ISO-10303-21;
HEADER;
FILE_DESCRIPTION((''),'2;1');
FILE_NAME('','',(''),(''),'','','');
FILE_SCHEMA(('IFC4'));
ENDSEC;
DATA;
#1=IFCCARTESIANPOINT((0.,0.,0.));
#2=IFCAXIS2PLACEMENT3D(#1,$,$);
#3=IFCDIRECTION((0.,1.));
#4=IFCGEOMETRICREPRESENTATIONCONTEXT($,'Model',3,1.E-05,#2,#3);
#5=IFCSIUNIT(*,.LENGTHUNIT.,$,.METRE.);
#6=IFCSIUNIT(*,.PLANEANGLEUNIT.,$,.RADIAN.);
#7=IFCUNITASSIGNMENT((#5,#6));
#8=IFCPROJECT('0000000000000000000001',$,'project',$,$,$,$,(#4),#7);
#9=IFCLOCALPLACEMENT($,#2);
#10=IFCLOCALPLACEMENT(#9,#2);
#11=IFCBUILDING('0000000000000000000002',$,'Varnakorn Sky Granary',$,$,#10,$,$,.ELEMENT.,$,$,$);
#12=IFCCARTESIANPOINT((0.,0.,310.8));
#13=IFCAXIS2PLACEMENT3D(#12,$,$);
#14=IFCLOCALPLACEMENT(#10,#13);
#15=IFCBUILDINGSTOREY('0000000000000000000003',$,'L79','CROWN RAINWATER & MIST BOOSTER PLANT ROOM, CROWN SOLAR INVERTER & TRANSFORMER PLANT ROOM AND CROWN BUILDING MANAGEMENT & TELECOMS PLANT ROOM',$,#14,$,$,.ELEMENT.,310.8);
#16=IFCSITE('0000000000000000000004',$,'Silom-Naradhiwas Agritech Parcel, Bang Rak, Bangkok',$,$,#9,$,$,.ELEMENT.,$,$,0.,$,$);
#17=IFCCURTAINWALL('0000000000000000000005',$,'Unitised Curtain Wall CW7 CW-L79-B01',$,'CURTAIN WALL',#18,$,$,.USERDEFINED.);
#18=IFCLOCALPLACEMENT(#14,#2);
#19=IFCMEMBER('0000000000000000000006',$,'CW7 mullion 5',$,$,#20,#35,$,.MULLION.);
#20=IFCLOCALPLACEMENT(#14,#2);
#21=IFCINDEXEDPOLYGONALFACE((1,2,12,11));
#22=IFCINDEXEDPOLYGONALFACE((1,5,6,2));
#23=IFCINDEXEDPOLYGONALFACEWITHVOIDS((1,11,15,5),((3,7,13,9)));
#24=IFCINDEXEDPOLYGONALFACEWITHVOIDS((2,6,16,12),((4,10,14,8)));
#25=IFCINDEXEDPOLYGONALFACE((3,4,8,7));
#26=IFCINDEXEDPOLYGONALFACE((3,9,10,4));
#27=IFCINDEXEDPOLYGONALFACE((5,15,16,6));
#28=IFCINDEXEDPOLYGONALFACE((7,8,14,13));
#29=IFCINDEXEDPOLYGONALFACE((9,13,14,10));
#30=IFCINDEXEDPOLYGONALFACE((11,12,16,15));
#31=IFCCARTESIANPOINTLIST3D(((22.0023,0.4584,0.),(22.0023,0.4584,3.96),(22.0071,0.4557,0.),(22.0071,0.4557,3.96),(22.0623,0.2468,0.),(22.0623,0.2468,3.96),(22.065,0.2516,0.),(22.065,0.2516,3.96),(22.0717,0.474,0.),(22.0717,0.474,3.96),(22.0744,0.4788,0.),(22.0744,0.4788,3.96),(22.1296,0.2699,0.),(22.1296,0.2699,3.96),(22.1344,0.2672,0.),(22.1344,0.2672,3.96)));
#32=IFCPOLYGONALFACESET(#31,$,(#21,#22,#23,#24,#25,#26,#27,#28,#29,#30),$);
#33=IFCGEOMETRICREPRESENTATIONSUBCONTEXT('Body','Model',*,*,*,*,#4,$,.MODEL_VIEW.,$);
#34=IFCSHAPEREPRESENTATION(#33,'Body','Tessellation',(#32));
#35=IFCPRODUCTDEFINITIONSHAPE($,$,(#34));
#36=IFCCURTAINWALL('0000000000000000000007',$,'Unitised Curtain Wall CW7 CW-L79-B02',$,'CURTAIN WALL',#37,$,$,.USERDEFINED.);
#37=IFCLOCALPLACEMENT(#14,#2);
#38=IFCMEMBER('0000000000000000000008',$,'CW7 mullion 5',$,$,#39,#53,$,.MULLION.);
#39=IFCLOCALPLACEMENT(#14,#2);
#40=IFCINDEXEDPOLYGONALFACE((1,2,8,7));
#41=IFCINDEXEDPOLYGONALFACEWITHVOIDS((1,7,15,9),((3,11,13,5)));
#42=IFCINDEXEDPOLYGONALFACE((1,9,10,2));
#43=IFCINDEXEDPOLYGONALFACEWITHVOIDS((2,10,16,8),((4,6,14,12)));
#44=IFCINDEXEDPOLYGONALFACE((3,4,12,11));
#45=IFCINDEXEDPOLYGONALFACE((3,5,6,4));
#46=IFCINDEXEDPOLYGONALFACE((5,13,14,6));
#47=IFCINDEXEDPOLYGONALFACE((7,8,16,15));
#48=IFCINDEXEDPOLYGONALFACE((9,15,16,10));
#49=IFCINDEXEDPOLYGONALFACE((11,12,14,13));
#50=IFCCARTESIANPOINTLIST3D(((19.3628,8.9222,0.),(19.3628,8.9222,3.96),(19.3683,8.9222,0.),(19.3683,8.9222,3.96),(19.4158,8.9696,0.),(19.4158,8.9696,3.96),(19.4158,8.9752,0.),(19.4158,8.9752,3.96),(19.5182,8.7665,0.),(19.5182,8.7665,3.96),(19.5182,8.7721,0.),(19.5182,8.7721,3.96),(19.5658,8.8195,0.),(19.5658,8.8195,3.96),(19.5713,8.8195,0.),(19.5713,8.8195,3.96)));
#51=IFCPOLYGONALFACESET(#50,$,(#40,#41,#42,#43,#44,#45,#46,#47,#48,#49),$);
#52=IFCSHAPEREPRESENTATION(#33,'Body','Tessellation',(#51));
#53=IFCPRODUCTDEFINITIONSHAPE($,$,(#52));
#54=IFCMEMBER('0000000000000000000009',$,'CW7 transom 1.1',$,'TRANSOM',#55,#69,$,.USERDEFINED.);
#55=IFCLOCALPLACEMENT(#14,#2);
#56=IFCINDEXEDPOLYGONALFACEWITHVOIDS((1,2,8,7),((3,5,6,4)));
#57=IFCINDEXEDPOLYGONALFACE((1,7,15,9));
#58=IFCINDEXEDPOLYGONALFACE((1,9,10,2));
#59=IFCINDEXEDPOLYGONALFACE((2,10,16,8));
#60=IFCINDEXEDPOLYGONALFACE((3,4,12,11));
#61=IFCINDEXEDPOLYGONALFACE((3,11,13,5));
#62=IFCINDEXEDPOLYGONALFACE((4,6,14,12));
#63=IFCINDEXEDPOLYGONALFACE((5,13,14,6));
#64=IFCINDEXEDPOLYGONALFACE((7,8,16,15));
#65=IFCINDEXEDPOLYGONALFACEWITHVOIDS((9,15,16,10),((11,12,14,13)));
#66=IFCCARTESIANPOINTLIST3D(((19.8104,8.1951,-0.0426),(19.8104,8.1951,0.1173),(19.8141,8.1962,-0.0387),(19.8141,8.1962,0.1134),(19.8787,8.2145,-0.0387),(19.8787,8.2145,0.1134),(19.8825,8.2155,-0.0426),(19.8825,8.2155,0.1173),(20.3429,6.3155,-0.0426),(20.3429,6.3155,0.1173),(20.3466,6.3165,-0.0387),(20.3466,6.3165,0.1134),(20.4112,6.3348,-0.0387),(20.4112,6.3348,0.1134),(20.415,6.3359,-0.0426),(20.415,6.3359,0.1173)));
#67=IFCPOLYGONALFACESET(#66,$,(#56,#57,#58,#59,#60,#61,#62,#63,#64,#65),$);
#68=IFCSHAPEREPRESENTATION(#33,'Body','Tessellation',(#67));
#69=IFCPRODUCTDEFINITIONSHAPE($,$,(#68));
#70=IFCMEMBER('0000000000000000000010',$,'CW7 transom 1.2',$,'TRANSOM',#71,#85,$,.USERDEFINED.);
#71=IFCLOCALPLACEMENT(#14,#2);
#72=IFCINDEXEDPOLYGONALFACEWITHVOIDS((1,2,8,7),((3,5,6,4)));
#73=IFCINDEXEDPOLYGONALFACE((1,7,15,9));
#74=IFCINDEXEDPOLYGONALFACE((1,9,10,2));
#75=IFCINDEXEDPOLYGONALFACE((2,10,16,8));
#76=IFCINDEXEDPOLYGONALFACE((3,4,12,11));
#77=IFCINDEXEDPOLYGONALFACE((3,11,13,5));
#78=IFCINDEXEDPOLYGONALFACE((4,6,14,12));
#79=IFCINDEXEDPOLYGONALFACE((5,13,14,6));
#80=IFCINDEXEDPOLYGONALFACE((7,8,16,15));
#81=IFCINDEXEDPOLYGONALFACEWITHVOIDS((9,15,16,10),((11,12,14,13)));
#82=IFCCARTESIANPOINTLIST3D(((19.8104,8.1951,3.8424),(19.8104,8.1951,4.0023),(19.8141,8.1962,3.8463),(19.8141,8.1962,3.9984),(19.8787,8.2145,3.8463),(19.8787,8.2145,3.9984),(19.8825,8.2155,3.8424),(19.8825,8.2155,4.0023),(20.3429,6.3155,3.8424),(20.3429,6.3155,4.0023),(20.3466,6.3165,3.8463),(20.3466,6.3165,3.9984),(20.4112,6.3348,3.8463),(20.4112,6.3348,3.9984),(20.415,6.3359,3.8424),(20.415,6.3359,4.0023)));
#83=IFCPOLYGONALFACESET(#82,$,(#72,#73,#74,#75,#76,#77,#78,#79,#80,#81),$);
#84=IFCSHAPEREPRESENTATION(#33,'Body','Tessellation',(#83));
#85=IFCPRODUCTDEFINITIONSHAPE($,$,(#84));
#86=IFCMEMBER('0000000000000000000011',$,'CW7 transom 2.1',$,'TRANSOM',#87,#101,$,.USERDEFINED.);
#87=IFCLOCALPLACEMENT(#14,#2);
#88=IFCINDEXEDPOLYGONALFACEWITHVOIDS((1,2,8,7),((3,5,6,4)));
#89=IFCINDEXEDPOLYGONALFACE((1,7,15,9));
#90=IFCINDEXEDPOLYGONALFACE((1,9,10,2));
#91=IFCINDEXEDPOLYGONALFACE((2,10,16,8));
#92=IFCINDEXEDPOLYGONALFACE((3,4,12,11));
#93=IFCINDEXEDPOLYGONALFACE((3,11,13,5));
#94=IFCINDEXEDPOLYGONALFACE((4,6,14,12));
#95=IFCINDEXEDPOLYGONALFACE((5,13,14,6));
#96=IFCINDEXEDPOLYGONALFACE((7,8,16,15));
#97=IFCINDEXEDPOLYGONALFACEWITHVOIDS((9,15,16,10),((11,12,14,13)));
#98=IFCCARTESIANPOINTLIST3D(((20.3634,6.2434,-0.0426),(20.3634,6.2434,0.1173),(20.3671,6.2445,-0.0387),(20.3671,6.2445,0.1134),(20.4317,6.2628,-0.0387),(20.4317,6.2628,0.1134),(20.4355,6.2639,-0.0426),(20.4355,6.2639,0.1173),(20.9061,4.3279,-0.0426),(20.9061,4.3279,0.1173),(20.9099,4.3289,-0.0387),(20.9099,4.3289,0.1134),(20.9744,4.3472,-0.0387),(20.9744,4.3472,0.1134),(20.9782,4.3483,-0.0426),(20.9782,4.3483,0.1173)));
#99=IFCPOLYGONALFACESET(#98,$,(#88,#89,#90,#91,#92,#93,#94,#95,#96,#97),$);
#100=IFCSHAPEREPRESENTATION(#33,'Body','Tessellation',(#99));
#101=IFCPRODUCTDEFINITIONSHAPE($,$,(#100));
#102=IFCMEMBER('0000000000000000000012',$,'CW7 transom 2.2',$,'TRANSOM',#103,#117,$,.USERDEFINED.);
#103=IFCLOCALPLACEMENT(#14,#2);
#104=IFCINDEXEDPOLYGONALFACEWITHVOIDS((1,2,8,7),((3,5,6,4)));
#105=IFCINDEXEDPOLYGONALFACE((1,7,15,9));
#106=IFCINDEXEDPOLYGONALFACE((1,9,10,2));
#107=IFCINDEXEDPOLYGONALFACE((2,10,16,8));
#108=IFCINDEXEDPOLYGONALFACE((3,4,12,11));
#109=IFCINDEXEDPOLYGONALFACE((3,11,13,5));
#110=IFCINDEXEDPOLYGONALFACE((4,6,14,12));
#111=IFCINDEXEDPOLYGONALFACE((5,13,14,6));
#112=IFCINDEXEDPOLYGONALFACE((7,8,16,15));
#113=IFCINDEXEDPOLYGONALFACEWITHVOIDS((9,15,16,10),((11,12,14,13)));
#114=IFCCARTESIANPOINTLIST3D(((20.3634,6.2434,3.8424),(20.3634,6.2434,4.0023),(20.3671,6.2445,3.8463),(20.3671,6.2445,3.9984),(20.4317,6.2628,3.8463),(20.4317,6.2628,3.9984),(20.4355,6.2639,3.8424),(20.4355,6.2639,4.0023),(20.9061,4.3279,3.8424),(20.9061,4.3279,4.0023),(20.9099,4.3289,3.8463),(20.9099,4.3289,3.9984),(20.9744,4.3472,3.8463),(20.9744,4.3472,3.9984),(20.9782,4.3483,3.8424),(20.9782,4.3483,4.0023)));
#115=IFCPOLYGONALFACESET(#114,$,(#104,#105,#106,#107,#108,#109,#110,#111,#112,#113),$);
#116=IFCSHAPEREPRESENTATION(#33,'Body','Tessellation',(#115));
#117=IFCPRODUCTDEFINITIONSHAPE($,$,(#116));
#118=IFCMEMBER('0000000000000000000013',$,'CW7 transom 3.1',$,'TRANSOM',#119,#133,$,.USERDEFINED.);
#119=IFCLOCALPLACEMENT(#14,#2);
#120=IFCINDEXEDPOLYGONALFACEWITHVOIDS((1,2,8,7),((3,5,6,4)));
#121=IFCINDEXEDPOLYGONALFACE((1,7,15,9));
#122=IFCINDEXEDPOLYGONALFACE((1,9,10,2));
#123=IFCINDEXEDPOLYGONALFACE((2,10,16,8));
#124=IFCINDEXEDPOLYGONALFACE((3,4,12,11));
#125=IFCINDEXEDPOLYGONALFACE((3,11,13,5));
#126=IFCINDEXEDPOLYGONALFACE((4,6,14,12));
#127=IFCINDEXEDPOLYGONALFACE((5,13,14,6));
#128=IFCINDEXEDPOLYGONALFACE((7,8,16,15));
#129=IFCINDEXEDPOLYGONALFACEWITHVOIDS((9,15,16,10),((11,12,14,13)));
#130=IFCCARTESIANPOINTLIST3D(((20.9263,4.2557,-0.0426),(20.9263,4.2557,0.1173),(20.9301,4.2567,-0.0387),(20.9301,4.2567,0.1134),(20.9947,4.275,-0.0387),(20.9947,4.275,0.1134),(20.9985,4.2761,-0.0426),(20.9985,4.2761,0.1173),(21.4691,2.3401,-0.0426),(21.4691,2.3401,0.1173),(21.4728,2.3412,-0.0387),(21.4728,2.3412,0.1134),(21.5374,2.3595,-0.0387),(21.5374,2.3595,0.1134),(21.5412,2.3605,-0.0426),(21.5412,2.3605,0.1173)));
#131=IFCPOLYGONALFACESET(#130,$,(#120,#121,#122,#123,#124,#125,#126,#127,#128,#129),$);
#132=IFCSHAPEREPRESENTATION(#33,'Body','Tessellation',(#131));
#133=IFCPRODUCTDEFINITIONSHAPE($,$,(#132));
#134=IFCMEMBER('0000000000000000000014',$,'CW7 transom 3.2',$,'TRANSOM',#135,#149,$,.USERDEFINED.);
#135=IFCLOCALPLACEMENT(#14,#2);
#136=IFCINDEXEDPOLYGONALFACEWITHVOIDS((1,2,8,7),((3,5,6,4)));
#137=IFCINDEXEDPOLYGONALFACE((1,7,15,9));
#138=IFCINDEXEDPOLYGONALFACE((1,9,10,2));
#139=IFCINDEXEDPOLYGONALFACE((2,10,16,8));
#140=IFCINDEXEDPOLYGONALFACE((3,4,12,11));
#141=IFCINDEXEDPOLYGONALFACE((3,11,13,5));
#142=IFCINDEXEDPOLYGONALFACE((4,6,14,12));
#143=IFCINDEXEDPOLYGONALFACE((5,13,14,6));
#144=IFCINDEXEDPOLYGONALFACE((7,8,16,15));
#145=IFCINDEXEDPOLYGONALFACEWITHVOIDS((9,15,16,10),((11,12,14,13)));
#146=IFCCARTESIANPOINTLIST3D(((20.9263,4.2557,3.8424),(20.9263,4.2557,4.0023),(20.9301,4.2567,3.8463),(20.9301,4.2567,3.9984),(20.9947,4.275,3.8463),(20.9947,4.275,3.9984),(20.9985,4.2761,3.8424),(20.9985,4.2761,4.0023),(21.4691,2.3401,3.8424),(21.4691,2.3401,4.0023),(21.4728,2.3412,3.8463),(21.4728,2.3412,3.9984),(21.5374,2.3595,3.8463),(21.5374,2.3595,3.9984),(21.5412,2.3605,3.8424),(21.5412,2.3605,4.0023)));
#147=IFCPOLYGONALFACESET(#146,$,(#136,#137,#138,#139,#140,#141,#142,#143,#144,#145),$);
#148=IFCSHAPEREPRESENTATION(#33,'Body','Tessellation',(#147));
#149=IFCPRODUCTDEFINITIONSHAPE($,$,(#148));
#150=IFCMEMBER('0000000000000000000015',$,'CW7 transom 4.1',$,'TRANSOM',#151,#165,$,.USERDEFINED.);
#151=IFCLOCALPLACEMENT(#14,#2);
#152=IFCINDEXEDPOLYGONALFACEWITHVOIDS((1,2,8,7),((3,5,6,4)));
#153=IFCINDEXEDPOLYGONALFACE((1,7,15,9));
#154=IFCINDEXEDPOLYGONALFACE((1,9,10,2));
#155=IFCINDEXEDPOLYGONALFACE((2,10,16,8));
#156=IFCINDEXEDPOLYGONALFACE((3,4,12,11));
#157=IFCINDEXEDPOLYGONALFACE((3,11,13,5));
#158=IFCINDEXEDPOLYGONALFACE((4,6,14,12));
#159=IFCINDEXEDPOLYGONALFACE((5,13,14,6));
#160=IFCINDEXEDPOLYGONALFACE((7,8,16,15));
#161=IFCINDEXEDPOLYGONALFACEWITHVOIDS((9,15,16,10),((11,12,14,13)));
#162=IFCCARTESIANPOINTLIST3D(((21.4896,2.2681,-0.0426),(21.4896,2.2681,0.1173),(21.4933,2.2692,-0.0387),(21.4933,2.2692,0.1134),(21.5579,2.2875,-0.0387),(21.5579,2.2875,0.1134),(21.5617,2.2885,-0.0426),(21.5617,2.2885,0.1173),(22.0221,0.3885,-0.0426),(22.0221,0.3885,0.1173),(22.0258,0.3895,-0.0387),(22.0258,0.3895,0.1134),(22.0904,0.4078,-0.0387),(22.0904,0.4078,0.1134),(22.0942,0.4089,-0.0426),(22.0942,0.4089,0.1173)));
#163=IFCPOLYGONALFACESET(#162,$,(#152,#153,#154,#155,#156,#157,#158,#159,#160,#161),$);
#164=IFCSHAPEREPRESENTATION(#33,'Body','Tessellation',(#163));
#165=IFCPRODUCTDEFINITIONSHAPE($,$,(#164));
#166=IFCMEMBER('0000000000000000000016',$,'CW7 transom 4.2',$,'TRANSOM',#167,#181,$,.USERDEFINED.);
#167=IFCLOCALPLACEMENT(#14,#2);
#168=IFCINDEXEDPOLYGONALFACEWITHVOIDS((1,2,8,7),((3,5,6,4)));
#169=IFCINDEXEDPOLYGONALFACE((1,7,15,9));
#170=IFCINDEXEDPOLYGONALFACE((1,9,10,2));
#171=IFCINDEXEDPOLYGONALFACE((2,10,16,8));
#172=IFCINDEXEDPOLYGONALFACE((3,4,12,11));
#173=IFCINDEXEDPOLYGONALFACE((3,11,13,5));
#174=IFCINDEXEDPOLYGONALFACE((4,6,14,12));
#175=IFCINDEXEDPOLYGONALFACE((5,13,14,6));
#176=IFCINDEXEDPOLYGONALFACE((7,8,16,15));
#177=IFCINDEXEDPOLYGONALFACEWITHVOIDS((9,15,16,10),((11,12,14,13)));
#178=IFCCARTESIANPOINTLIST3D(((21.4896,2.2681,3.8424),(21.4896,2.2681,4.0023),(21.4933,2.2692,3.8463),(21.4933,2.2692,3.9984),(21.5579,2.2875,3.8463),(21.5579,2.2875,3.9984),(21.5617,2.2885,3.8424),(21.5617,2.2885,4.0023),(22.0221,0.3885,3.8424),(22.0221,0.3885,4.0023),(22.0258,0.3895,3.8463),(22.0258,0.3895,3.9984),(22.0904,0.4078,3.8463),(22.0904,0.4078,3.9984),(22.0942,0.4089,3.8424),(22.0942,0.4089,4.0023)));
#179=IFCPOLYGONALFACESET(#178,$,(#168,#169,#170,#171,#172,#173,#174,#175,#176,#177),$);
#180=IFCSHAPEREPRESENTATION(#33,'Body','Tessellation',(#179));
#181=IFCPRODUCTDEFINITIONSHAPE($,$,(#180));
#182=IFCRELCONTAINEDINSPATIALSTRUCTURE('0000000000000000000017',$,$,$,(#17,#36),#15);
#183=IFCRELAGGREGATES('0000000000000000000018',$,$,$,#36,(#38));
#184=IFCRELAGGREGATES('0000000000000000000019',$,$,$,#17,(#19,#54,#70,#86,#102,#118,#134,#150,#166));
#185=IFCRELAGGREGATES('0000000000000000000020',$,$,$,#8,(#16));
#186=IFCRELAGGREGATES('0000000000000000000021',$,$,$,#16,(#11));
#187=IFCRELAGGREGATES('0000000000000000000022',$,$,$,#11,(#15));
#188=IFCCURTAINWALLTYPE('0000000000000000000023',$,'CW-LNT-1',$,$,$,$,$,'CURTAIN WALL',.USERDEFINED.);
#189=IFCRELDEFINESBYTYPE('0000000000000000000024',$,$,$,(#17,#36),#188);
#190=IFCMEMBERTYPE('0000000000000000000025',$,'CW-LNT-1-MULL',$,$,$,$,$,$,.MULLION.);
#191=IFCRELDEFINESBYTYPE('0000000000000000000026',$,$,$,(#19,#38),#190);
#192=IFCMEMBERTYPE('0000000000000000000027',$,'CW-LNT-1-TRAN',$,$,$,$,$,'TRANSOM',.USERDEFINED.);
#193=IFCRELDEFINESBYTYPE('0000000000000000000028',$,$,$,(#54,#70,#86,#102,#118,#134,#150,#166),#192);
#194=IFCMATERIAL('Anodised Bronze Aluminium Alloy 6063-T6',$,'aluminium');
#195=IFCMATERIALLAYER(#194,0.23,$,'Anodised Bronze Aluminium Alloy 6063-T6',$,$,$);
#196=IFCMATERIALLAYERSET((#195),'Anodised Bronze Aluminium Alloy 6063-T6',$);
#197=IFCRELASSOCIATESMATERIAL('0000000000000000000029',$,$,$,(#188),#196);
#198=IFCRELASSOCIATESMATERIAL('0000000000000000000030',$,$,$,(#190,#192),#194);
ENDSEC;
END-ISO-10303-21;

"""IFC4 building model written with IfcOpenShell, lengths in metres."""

from ifc_helpers import new_model, si_unit, direction, frame, origin, origin_2d, place, context, subcontext, project, spatial, hollow_rectangle, extrude, material, layer, layer_set, material_profile, profile_set, type_object, element, aggregate, save


model = new_model("IFC4")

# Units and contexts
model_context = context("Model", 3, precision=1e-05, world=origin(), true_north=direction((0.0, 1.0)))
body_context = subcontext(model_context, "Body", "Model", "MODEL_VIEW")
ifc_project = project(units=[si_unit("LENGTHUNIT", "METRE"), si_unit("PLANEANGLEUNIT", "RADIAN")], contexts=[model_context])

# Site, building, storey
site_placement = place(None, origin())
site = spatial("IfcSite", under=ifc_project, at=site_placement, Name="Silom-Naradhiwas Agritech Parcel, Bang Rak, Bangkok", CompositionType="ELEMENT", RefElevation=0.0)
building_placement = place(site_placement, origin())
building = spatial("IfcBuilding", under=site, at=building_placement, Name="Varnakorn Sky Granary", CompositionType="ELEMENT")
storey_placement = place(building_placement, frame((0.0, 0.0, 310.8)))
storey = spatial("IfcBuildingStorey", under=building, at=storey_placement, Name="L79", Description="CROWN RAINWATER & MIST BOOSTER PLANT ROOM, CROWN SOLAR INVERTER & TRANSFORMER PLANT ROOM AND CROWN BUILDING MANAGEMENT & TELECOMS PLANT ROOM", CompositionType="ELEMENT", Elevation=310.8)

# Curtain wall, member
ifc_material_1 = material(Name="Anodised Bronze Aluminium Alloy 6063-T6", Category="aluminium")
ifc_layer_1 = layer(ifc_material_1, 0.23, Name="Anodised Bronze Aluminium Alloy 6063-T6")
ifc_layer_set_1 = layer_set([ifc_layer_1], Name="Anodised Bronze Aluminium Alloy 6063-T6")
curtain_wall_type = type_object("IfcCurtainWallType", Name="CW-LNT-1", ElementType="CURTAIN WALL", PredefinedType="USERDEFINED", material=ifc_layer_set_1)
curtain_wall_1_placement = place(storey_placement, origin())
curtain_wall_1 = element("IfcCurtainWall", 1, at=curtain_wall_1_placement, inside=storey, type_object=curtain_wall_type, Name="Unitised Curtain Wall CW7 CW-L79-B01", ObjectType="CURTAIN WALL", PredefinedType="USERDEFINED")
ifc_material_profile_1 = material_profile(ifc_material_1, hollow_rectangle(XDim=0.075, YDim=0.22, WallThickness=0.0039, at=origin_2d()), Name="ALU MULL 75x220")
ifc_profile_set_1 = profile_set([ifc_material_profile_1], Name="Anodised Bronze Aluminium Alloy 6063-T6")
member_type_1 = type_object("IfcMemberType", Name="CW-LNT-1-MULL", PredefinedType="MULLION", material=ifc_profile_set_1)
member_1_placement = place(storey_placement, frame((22.0684, 0.3628, 0.0), z_axis=(0.0, 0.0, 1.0), x_axis=(0.962134, 0.272577, 0.0)))
member_1 = element("IfcMember", 2, at=member_1_placement, type_object=member_type_1, Name="CW7 mullion 5", PredefinedType="MULLION", context=body_context, shape_type="SweptSolid", body=[
    extrude(hollow_rectangle(XDim=0.075, YDim=0.22, WallThickness=0.0039, at=origin_2d()), origin(), (0.0, 0.0, 1.0), 3.96),
])

# Curtain wall, member
curtain_wall_2_placement = place(storey_placement, origin())
curtain_wall_2 = element("IfcCurtainWall", 3, at=curtain_wall_2_placement, inside=storey, type_object=curtain_wall_type, Name="Unitised Curtain Wall CW7 CW-L79-B02", ObjectType="CURTAIN WALL", PredefinedType="USERDEFINED")
member_2_placement = place(storey_placement, frame((19.467, 8.8708, 0.0), z_axis=(0.0, 0.0, 1.0), x_axis=(0.707563, 0.706651, 0.0)))
member_2 = element("IfcMember", 4, at=member_2_placement, type_object=member_type_1, Name="CW7 mullion 5", PredefinedType="MULLION", context=body_context, shape_type="SweptSolid", body=[
    extrude(hollow_rectangle(XDim=0.075, YDim=0.22, WallThickness=0.0039, at=origin_2d()), origin(), (0.0, 0.0, 1.0), 3.96),
])
aggregate(curtain_wall_2, [member_2])

# Members
ifc_material_profile_2 = material_profile(ifc_material_1, hollow_rectangle(XDim=0.075, YDim=0.1599, WallThickness=0.0039, at=origin_2d()), Name="ALU TRAN 75x160")
ifc_profile_set_2 = profile_set([ifc_material_profile_2], Name="Anodised Bronze Aluminium Alloy 6063-T6")
member_type_2 = type_object("IfcMemberType", Name="CW-LNT-1-TRAN", ElementType="TRANSOM", PredefinedType="USERDEFINED", material=ifc_profile_set_2)
member_3_placement = place(storey_placement, frame((19.8464, 8.2053, 0.0374), z_axis=(0.272558, -0.962139, 0.0), x_axis=(0.962139, 0.272558, 0.0)))
member_3 = element("IfcMember", 5, at=member_3_placement, type_object=member_type_2, Name="CW7 transom 1.1", ObjectType="TRANSOM", PredefinedType="USERDEFINED", context=body_context, shape_type="SweptSolid", body=[
    extrude(hollow_rectangle(XDim=0.075, YDim=0.1599, WallThickness=0.0039, at=origin_2d()), origin(), (0.0, 0.0, 1.0), 1.9536),
])
member_4_placement = place(storey_placement, frame((19.8464, 8.2053, 3.9224), z_axis=(0.272558, -0.962139, 0.0), x_axis=(0.962139, 0.272558, 0.0)))
member_4 = element("IfcMember", 6, at=member_4_placement, type_object=member_type_2, Name="CW7 transom 1.2", ObjectType="TRANSOM", PredefinedType="USERDEFINED", context=body_context, shape_type="SweptSolid", body=[
    extrude(hollow_rectangle(XDim=0.075, YDim=0.1599, WallThickness=0.0039, at=origin_2d()), origin(), (0.0, 0.0, 1.0), 1.9536),
])
member_5_placement = place(storey_placement, frame((20.3994, 6.2537, 0.0374), z_axis=(0.272599, -0.962128, 0.0), x_axis=(0.962128, 0.272599, 0.0)))
member_5 = element("IfcMember", 7, at=member_5_placement, type_object=member_type_2, Name="CW7 transom 2.1", ObjectType="TRANSOM", PredefinedType="USERDEFINED", context=body_context, shape_type="SweptSolid", body=[
    extrude(hollow_rectangle(XDim=0.075, YDim=0.1599, WallThickness=0.0039, at=origin_2d()), origin(), (0.0, 0.0, 1.0), 1.991),
])
member_6_placement = place(storey_placement, frame((20.3994, 6.2537, 3.9224), z_axis=(0.272599, -0.962128, 0.0), x_axis=(0.962128, 0.272599, 0.0)))
member_6 = element("IfcMember", 8, at=member_6_placement, type_object=member_type_2, Name="CW7 transom 2.2", ObjectType="TRANSOM", PredefinedType="USERDEFINED", context=body_context, shape_type="SweptSolid", body=[
    extrude(hollow_rectangle(XDim=0.075, YDim=0.1599, WallThickness=0.0039, at=origin_2d()), origin(), (0.0, 0.0, 1.0), 1.991),
])
member_7_placement = place(storey_placement, frame((20.9624, 4.2659, 0.0374), z_axis=(0.272599, -0.962128, 0.0), x_axis=(0.962128, 0.272599, 0.0)))
member_7 = element("IfcMember", 9, at=member_7_placement, type_object=member_type_2, Name="CW7 transom 3.1", ObjectType="TRANSOM", PredefinedType="USERDEFINED", context=body_context, shape_type="SweptSolid", body=[
    extrude(hollow_rectangle(XDim=0.075, YDim=0.1599, WallThickness=0.0039, at=origin_2d()), origin(), (0.0, 0.0, 1.0), 1.991),
])
member_8_placement = place(storey_placement, frame((20.9624, 4.2659, 3.9224), z_axis=(0.272599, -0.962128, 0.0), x_axis=(0.962128, 0.272599, 0.0)))
member_8 = element("IfcMember", 10, at=member_8_placement, type_object=member_type_2, Name="CW7 transom 3.2", ObjectType="TRANSOM", PredefinedType="USERDEFINED", context=body_context, shape_type="SweptSolid", body=[
    extrude(hollow_rectangle(XDim=0.075, YDim=0.1599, WallThickness=0.0039, at=origin_2d()), origin(), (0.0, 0.0, 1.0), 1.991),
])
member_9_placement = place(storey_placement, frame((21.5256, 2.2783, 0.0374), z_axis=(0.272558, -0.962139, 0.0), x_axis=(0.962139, 0.272558, 0.0)))
member_9 = element("IfcMember", 11, at=member_9_placement, type_object=member_type_2, Name="CW7 transom 4.1", ObjectType="TRANSOM", PredefinedType="USERDEFINED", context=body_context, shape_type="SweptSolid", body=[
    extrude(hollow_rectangle(XDim=0.075, YDim=0.1599, WallThickness=0.0039, at=origin_2d()), origin(), (0.0, 0.0, 1.0), 1.9536),
])
member_10_placement = place(storey_placement, frame((21.5256, 2.2783, 3.9224), z_axis=(0.272558, -0.962139, 0.0), x_axis=(0.962139, 0.272558, 0.0)))
member_10 = element("IfcMember", 12, at=member_10_placement, type_object=member_type_2, Name="CW7 transom 4.2", ObjectType="TRANSOM", PredefinedType="USERDEFINED", context=body_context, shape_type="SweptSolid", body=[
    extrude(hollow_rectangle(XDim=0.075, YDim=0.1599, WallThickness=0.0039, at=origin_2d()), origin(), (0.0, 0.0, 1.0), 1.9536),
])

aggregate(curtain_wall_1, [member_1, member_3, member_4, member_5, member_6, member_7, member_8, member_9, member_10])

save(model, "model.ifc")
